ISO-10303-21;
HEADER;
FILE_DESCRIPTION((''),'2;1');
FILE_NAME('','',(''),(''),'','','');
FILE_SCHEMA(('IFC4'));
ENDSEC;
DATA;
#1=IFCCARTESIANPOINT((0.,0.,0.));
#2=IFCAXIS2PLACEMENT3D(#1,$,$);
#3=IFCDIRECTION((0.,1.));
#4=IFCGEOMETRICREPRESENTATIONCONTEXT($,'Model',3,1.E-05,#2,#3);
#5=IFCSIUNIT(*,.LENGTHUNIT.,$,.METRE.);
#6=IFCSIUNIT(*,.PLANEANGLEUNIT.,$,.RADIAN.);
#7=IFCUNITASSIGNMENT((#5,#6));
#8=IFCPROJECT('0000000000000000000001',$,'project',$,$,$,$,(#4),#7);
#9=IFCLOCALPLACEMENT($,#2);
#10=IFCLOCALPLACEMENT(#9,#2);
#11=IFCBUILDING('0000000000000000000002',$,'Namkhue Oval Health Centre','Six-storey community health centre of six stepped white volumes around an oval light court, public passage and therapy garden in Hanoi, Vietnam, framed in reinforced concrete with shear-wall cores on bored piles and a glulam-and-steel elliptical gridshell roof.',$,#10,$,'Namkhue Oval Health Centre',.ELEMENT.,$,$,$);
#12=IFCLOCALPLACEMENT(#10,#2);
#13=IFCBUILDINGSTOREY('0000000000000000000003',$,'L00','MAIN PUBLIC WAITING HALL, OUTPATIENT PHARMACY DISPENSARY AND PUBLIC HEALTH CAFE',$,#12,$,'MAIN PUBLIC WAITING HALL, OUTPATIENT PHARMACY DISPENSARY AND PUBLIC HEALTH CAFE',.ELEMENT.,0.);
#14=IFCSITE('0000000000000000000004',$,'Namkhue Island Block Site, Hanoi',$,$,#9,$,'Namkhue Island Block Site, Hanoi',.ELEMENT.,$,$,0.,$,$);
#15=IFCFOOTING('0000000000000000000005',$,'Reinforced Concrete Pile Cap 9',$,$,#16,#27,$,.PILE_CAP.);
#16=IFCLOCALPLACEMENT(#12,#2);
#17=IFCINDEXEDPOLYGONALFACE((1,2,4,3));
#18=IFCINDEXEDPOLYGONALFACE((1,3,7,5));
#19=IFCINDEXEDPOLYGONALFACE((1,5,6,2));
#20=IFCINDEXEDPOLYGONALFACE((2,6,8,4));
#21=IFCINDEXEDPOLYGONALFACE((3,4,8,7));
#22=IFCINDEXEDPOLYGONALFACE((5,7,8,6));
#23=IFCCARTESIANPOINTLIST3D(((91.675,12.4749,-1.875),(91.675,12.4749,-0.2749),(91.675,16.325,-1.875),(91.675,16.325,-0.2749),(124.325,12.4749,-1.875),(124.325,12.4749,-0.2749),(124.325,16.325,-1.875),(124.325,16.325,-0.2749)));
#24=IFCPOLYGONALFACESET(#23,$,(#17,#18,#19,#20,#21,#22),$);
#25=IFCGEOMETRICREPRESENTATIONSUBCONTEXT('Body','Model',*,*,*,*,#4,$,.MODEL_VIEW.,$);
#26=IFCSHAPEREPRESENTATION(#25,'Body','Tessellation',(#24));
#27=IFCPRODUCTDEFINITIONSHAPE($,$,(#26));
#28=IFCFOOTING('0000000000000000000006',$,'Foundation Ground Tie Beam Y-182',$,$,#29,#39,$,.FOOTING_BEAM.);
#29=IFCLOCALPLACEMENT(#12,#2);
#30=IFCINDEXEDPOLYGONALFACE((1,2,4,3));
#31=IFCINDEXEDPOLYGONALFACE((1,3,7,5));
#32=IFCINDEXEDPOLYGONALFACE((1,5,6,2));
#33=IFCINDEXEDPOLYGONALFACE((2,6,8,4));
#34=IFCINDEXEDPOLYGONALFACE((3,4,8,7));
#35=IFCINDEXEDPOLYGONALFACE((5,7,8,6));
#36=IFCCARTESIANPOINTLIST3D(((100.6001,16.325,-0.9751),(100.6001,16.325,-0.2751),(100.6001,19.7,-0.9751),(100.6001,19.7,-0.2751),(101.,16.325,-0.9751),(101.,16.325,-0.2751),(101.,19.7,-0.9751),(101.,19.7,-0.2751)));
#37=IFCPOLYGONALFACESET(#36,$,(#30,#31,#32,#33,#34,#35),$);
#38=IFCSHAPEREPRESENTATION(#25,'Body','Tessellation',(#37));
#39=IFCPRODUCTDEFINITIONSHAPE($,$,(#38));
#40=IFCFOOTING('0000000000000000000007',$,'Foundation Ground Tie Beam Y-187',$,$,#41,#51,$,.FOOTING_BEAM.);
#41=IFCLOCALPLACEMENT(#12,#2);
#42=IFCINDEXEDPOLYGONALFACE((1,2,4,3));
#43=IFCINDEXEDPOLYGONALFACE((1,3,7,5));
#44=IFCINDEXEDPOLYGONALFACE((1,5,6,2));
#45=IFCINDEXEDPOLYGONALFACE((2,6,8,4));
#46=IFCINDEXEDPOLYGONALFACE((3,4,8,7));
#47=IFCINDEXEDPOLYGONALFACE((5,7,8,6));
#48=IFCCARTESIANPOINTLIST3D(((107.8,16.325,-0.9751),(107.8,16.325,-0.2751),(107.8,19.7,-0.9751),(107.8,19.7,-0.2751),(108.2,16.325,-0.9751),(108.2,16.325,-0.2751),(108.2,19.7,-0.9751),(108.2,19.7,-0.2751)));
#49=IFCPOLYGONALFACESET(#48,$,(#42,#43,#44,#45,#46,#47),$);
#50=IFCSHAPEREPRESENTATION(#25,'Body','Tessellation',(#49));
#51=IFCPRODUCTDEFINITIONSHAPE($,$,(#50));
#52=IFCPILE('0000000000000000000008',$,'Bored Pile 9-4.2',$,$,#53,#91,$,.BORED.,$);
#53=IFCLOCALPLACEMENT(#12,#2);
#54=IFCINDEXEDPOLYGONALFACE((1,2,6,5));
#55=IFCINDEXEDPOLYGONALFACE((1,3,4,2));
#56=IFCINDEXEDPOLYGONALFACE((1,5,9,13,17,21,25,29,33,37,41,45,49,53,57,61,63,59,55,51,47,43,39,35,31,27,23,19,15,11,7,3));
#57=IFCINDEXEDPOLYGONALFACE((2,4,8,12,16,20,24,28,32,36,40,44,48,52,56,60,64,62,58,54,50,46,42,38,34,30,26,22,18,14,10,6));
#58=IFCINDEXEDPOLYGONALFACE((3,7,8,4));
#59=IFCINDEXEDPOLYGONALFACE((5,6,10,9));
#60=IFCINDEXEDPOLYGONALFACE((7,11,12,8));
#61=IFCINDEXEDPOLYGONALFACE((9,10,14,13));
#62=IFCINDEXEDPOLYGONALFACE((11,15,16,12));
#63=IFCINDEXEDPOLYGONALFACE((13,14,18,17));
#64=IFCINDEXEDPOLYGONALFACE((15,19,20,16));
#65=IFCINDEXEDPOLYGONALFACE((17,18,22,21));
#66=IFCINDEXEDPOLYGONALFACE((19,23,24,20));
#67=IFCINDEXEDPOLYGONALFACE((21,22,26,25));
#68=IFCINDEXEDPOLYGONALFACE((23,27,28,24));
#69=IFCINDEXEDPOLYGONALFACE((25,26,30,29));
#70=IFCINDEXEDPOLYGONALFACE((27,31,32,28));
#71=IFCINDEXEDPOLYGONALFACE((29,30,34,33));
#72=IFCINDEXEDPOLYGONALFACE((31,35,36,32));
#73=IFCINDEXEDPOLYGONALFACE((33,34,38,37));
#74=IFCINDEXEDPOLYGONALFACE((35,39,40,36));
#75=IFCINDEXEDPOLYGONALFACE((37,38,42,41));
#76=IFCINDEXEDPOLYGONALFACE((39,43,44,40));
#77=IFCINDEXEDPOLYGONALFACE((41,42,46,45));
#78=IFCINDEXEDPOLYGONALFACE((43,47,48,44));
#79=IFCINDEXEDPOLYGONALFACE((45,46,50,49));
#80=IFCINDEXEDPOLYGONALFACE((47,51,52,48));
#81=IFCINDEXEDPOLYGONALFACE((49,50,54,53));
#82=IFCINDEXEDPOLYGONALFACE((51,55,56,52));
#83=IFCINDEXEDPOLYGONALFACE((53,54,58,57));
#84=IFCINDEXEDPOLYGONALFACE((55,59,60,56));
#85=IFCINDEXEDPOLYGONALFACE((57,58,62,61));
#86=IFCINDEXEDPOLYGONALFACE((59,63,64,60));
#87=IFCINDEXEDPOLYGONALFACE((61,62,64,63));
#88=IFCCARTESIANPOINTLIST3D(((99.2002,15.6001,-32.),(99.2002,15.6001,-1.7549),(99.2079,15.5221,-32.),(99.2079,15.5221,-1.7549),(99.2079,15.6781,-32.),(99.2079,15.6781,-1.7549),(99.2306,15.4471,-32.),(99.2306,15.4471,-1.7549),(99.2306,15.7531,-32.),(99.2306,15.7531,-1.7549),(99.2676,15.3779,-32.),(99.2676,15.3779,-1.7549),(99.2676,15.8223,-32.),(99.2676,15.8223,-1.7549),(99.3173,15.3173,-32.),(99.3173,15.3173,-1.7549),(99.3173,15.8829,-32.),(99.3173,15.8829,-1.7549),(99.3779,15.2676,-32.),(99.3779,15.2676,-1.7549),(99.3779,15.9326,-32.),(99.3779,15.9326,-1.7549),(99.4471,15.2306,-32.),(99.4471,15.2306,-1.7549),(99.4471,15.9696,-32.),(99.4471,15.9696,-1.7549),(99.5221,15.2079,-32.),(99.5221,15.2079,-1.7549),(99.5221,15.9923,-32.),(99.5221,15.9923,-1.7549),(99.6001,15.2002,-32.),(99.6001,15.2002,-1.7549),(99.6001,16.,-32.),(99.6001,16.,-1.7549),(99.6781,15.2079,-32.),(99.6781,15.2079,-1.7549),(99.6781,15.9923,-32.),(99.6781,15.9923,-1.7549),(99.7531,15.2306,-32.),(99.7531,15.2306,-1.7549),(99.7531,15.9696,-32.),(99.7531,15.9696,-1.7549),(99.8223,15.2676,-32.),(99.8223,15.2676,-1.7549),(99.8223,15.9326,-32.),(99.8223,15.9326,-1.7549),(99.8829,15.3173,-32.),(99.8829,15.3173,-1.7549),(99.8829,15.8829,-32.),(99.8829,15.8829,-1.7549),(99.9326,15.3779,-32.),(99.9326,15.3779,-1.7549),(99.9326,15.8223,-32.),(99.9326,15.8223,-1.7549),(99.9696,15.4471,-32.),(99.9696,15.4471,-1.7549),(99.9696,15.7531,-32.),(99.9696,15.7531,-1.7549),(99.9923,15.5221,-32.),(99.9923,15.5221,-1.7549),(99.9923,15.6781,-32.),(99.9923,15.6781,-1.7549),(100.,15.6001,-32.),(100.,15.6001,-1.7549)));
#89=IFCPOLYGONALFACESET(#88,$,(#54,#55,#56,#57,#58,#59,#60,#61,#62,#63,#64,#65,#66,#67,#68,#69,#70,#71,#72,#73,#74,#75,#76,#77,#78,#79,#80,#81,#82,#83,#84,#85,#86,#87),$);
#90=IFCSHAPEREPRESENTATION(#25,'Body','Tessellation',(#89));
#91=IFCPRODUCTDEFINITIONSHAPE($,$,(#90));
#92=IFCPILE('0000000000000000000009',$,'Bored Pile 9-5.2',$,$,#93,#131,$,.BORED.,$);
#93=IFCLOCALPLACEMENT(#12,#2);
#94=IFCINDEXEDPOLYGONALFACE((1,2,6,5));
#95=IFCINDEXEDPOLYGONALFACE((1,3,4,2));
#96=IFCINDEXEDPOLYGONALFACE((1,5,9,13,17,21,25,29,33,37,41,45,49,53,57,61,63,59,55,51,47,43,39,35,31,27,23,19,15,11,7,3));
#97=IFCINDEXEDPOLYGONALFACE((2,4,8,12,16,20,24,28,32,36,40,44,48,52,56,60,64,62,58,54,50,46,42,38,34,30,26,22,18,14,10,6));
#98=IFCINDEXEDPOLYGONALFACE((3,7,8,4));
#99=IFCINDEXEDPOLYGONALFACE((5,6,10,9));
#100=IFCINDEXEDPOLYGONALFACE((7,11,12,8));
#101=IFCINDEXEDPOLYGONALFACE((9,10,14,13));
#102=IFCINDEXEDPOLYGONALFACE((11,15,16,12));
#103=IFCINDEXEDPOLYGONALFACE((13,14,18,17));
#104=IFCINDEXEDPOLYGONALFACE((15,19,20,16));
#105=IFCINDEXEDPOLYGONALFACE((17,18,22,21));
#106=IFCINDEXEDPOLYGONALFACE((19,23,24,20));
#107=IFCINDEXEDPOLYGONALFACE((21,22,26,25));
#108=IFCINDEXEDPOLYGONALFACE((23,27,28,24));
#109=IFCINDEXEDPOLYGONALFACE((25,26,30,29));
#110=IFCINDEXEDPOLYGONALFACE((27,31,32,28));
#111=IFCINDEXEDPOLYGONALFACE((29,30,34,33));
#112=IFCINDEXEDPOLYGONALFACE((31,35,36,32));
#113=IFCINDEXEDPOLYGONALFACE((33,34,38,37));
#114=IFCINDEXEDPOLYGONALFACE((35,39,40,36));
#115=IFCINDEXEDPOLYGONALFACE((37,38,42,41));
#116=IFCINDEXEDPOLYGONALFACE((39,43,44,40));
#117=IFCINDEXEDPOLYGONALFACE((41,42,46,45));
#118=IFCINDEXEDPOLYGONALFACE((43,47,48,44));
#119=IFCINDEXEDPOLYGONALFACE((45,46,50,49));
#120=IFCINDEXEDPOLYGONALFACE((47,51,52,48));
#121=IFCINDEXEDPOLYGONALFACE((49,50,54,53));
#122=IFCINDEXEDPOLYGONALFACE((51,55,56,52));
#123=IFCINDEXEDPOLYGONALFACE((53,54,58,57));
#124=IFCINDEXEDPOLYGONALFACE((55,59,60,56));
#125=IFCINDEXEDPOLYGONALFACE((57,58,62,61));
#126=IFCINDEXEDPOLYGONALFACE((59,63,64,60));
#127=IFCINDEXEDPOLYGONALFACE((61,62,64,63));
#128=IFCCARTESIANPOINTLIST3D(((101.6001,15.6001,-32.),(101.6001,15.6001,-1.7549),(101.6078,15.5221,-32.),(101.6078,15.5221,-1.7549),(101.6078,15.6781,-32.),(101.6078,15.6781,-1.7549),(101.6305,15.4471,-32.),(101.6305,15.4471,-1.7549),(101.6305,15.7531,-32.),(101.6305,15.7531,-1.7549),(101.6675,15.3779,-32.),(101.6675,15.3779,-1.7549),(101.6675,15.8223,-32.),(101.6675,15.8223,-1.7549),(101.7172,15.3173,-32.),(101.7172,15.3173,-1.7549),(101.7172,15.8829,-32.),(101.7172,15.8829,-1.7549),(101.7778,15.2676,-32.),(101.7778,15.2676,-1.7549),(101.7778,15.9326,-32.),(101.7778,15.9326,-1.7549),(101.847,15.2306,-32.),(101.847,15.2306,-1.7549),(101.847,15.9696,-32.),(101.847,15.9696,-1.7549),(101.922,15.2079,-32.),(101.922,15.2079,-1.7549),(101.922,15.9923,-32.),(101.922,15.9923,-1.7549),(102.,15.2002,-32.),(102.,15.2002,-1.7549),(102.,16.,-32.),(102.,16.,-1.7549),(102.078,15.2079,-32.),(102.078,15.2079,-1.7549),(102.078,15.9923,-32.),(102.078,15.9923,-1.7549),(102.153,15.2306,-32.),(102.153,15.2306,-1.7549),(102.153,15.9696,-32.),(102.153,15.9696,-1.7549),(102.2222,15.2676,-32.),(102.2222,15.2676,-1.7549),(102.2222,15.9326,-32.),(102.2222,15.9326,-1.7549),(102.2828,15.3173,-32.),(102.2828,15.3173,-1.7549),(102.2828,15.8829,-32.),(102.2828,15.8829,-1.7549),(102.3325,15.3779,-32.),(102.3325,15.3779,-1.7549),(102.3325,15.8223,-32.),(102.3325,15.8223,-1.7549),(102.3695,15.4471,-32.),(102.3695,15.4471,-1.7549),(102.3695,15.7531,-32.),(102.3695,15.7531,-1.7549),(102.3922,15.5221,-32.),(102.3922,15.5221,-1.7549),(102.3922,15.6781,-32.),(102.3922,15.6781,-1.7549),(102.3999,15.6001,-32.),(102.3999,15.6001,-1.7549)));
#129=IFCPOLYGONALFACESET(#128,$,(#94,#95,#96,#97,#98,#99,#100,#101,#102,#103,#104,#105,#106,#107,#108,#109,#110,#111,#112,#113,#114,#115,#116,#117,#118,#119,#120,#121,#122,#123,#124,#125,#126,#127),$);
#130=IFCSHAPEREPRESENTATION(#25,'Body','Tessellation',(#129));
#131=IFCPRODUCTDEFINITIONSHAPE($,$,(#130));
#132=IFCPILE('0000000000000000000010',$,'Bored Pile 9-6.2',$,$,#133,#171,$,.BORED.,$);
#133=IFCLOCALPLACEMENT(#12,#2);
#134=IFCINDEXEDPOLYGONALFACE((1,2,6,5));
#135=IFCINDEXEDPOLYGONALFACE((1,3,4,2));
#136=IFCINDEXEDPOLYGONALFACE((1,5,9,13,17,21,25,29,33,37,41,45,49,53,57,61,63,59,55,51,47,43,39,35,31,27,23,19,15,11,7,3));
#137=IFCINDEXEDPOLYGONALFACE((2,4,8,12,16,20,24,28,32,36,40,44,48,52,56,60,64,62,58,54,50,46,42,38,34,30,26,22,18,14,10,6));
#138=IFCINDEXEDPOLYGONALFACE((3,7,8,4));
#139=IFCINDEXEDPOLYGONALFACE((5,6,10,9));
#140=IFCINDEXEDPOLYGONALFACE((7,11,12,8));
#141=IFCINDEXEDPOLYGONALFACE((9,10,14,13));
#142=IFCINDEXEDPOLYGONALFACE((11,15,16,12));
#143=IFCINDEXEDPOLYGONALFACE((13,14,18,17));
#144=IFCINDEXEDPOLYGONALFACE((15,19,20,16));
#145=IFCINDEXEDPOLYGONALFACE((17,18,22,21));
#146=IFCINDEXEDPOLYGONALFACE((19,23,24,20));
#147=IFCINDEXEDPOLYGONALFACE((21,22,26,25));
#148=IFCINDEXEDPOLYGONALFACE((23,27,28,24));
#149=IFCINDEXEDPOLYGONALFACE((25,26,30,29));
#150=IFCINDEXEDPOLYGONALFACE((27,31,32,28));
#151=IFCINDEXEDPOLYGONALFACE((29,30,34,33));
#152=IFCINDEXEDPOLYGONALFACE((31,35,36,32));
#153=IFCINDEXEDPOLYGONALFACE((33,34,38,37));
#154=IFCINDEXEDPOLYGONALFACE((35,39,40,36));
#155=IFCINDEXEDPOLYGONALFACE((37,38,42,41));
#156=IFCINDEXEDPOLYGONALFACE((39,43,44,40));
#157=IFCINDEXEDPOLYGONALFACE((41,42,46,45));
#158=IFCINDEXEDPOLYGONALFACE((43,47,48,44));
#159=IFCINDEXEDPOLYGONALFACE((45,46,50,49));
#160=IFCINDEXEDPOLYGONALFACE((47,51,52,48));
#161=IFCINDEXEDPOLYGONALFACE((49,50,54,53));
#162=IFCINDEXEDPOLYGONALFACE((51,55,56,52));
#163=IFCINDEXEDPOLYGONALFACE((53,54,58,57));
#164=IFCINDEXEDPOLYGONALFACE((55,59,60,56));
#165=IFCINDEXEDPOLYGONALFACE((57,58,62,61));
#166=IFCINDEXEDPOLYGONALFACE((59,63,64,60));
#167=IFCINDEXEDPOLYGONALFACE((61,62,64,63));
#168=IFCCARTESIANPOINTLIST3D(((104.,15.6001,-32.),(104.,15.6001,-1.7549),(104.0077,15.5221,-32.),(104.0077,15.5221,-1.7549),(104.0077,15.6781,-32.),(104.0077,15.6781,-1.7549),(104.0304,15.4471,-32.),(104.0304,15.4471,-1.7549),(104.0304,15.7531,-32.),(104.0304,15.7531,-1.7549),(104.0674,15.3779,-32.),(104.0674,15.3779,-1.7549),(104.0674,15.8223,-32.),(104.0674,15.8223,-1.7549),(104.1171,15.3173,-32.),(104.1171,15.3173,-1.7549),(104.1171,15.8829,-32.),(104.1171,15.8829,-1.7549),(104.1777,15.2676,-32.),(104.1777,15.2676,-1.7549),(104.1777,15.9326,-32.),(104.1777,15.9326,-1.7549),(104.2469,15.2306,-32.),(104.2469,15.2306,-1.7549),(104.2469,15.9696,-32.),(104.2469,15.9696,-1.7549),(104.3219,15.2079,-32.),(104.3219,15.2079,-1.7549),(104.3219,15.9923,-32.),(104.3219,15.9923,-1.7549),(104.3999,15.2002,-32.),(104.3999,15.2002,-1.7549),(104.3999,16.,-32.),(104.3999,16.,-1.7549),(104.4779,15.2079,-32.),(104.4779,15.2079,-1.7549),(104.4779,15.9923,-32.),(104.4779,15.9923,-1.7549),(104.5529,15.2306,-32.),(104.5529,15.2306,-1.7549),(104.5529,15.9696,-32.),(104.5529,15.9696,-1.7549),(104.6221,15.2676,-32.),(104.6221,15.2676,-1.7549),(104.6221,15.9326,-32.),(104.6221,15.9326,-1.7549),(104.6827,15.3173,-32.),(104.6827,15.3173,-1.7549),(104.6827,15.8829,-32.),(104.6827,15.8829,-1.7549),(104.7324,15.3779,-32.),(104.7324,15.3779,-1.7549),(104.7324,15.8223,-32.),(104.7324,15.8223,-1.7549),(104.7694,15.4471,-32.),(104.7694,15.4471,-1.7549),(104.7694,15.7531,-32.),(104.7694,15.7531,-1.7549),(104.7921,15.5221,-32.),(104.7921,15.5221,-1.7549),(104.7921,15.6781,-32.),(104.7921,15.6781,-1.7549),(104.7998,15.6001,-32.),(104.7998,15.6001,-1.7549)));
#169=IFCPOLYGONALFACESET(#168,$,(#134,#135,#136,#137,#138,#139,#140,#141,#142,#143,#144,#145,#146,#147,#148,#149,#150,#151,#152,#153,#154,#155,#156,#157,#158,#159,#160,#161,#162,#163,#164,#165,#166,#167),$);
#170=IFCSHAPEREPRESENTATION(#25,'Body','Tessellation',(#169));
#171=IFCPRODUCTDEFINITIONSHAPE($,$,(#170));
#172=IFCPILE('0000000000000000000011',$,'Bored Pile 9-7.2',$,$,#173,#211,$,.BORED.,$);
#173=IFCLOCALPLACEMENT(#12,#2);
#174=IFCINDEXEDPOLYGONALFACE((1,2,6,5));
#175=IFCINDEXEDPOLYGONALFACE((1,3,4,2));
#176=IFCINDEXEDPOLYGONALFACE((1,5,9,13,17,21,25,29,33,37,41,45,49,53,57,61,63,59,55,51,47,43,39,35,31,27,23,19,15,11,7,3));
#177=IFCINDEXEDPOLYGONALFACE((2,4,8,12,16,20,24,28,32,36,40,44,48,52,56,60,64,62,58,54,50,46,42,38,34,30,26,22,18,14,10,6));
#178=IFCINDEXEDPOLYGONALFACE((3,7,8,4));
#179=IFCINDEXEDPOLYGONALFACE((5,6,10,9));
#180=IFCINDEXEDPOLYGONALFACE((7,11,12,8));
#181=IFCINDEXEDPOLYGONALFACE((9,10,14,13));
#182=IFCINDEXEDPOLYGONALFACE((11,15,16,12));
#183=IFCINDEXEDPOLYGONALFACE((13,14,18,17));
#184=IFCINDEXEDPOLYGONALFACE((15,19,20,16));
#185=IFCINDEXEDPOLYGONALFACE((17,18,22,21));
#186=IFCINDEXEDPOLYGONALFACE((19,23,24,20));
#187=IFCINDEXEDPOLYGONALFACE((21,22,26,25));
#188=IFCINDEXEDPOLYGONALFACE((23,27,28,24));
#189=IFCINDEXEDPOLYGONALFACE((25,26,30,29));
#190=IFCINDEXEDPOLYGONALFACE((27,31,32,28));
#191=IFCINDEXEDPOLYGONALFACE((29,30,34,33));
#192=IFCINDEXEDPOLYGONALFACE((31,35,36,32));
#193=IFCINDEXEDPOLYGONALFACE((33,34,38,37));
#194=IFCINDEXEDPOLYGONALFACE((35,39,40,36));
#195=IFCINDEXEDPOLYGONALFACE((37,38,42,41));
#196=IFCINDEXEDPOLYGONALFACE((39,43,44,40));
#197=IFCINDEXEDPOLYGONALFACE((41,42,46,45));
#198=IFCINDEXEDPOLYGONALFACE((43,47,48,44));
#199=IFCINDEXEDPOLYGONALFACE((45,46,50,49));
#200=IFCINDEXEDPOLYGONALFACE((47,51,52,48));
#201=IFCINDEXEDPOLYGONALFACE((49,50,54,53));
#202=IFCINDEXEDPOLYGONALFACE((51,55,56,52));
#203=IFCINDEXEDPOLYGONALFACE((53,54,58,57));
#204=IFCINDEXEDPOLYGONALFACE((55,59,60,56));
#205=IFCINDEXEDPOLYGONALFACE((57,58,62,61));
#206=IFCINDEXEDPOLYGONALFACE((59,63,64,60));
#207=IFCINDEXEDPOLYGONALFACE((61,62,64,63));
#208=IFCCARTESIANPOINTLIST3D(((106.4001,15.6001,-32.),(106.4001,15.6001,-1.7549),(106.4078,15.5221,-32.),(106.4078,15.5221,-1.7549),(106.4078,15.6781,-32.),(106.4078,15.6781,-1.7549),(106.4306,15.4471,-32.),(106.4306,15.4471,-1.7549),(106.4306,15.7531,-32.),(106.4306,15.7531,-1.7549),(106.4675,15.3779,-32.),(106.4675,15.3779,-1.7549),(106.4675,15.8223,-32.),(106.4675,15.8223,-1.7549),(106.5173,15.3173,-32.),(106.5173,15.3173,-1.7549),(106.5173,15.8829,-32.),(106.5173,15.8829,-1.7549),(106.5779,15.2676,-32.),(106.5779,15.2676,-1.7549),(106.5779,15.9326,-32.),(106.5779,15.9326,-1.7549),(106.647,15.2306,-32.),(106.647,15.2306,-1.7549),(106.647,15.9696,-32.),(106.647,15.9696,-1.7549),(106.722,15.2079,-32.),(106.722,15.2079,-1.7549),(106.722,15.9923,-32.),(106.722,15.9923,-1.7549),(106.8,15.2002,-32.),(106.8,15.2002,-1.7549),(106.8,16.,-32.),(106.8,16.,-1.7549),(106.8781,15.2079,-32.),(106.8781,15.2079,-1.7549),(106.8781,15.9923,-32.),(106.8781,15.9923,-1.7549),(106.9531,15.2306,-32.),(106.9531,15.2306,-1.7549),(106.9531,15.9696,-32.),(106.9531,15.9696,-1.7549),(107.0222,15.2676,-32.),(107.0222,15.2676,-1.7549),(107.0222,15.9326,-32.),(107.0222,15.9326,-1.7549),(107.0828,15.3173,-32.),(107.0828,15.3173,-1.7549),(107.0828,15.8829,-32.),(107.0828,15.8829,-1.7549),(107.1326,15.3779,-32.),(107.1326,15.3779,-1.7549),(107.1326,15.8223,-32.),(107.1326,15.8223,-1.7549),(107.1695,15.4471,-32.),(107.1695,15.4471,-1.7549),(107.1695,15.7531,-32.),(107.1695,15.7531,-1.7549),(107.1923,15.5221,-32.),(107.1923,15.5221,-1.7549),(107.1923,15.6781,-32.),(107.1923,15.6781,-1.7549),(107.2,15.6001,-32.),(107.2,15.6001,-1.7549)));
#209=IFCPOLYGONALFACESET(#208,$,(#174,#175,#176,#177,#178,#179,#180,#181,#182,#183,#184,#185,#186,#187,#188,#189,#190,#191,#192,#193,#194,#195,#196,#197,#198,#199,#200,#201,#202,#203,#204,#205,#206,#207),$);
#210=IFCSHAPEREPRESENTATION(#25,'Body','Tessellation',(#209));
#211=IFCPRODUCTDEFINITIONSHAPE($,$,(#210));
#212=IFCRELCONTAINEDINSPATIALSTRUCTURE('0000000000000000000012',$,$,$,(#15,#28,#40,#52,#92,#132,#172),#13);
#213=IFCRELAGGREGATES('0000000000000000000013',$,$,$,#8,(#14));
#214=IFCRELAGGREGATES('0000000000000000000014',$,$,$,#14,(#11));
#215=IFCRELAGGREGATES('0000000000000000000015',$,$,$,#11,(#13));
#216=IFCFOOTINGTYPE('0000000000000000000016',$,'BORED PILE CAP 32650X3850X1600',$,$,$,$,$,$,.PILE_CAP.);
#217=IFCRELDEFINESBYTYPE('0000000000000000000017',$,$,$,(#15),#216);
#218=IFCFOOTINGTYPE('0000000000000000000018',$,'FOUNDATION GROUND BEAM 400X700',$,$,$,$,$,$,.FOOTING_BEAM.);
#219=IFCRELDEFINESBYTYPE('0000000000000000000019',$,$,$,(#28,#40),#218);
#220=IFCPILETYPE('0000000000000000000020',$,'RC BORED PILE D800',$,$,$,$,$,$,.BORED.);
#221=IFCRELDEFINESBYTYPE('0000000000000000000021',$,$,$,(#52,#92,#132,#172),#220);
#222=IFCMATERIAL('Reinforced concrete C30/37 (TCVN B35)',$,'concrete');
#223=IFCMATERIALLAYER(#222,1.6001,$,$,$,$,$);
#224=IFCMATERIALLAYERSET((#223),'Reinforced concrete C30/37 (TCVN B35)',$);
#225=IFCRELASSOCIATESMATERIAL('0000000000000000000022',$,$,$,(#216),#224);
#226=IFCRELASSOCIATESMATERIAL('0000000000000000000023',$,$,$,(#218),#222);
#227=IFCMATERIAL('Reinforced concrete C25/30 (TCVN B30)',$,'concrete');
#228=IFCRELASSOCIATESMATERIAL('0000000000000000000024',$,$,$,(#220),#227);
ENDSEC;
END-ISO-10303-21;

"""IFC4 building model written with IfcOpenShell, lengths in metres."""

from ifc_helpers import new_model, si_unit, direction, frame, origin, origin_2d, place, context, subcontext, project, spatial, rectangle, circle, extrude, material, layer, layer_set, material_profile, profile_set, type_object, element, save


model = new_model("IFC4")

# Units and contexts
model_context = context("Model", 3, precision=1e-05, world=origin(), true_north=direction((0.0, 1.0)))
body_context = subcontext(model_context, "Body", "Model", "MODEL_VIEW")
ifc_project = project(units=[si_unit("LENGTHUNIT", "METRE"), si_unit("PLANEANGLEUNIT", "RADIAN")], contexts=[model_context])

# Site, building, storey
site_placement = place(None, origin())
site = spatial("IfcSite", under=ifc_project, at=site_placement, Name="Namkhue Island Block Site, Hanoi", LongName="Namkhue Island Block Site, Hanoi", CompositionType="ELEMENT", RefElevation=0.0)
building_placement = place(site_placement, origin())
building = spatial("IfcBuilding", under=site, at=building_placement, Name="Namkhue Oval Health Centre", Description="Six-storey community health centre of six stepped white volumes around an oval light court, public passage and therapy garden in Hanoi, Vietnam, framed in reinforced concrete with shear-wall cores on bored piles and a glulam-and-steel elliptical gridshell roof.", LongName="Namkhue Oval Health Centre", CompositionType="ELEMENT")
storey_placement = place(building_placement, origin())
storey = spatial("IfcBuildingStorey", under=building, at=storey_placement, Name="L00", Description="MAIN PUBLIC WAITING HALL, OUTPATIENT PHARMACY DISPENSARY AND PUBLIC HEALTH CAFE", LongName="MAIN PUBLIC WAITING HALL, OUTPATIENT PHARMACY DISPENSARY AND PUBLIC HEALTH CAFE", CompositionType="ELEMENT", Elevation=0.0)

# Footings
ifc_material_1 = material(Name="Reinforced concrete C30/37 (TCVN B35)", Category="concrete")
ifc_layer_1 = layer(ifc_material_1, 1.6001)
ifc_layer_set_1 = layer_set([ifc_layer_1], Name="Reinforced concrete C30/37 (TCVN B35)")
footing_type_1 = type_object("IfcFootingType", Name="BORED PILE CAP 32650X3850X1600", PredefinedType="PILE_CAP", material=ifc_layer_set_1)
footing_placement = place(storey_placement, frame((108.0, 14.3999, -1.875), z_axis=(0.0, 0.0, 1.0), x_axis=(1.0, 0.0, 0.0)))
element("IfcFooting", 1, at=footing_placement, inside=storey, type_object=footing_type_1, Name="Reinforced Concrete Pile Cap 9", PredefinedType="PILE_CAP", context=body_context, shape_type="SweptSolid", body=[
    extrude(rectangle(XDim=32.6499, YDim=3.8501, at=origin_2d()), origin(), (0.0, 0.0, 1.0), 1.6001),
])
footing_type_2 = type_object("IfcFootingType", Name="FOUNDATION GROUND BEAM 400X700", PredefinedType="FOOTING_BEAM", material=ifc_material_1)
for number, where, z_axis, x_axis, name in (
    (2, (100.8, 18.0125, -0.9751), (0.0, 0.0, 1.0), (0.0, 1.0, 0.0), "Foundation Ground Tie Beam Y-182"),
    (3, (108.0, 18.0125, -0.9751), (0.0, 0.0, 1.0), (0.0, 1.0, 0.0), "Foundation Ground Tie Beam Y-187"),
):
    element("IfcFooting", number, at=place(storey_placement, frame(where, z_axis=z_axis, x_axis=x_axis)), inside=storey, type_object=footing_type_2, Name=name, PredefinedType="FOOTING_BEAM", context=body_context, shape_type="SweptSolid", body=[
        extrude(rectangle(XDim=3.375, YDim=0.3999, at=origin_2d()), origin(), (0.0, 0.0, 1.0), 0.7),
    ])

# Piles
ifc_material_2 = material(Name="Reinforced concrete C25/30 (TCVN B30)", Category="concrete")
ifc_material_profile_1 = material_profile(ifc_material_2, circle(Radius=0.3999, at=origin_2d()), Name="BORED PILE D800")
ifc_profile_set_1 = profile_set([ifc_material_profile_1], Name="Reinforced concrete C25/30 (TCVN B30)")
pile_type = type_object("IfcPileType", Name="RC BORED PILE D800", PredefinedType="BORED", material=ifc_profile_set_1)
for number, where, z_axis, x_axis, name in (
    (4, (99.6001, 15.6001, -1.7549), (0.0, 0.0, -1.0), (1.0, 0.0, 0.0), "Bored Pile 9-4.2"),
    (5, (102.0, 15.6001, -1.7549), (0.0, 0.0, -1.0), (1.0, 0.0, 0.0), "Bored Pile 9-5.2"),
    (6, (104.3999, 15.6001, -1.7549), (0.0, 0.0, -1.0), (1.0, 0.0, 0.0), "Bored Pile 9-6.2"),
    (7, (106.8, 15.6001, -1.7549), (0.0, 0.0, -1.0), (1.0, 0.0, 0.0), "Bored Pile 9-7.2"),
):
    element("IfcPile", number, at=place(storey_placement, frame(where, z_axis=z_axis, x_axis=x_axis)), inside=storey, type_object=pile_type, Name=name, PredefinedType="BORED", context=body_context, shape_type="SweptSolid", body=[
        extrude(circle(Radius=0.3999, at=origin_2d()), origin(), (0.0, 0.0, 1.0), 30.2451),
    ])

save(model, "model.ifc")
